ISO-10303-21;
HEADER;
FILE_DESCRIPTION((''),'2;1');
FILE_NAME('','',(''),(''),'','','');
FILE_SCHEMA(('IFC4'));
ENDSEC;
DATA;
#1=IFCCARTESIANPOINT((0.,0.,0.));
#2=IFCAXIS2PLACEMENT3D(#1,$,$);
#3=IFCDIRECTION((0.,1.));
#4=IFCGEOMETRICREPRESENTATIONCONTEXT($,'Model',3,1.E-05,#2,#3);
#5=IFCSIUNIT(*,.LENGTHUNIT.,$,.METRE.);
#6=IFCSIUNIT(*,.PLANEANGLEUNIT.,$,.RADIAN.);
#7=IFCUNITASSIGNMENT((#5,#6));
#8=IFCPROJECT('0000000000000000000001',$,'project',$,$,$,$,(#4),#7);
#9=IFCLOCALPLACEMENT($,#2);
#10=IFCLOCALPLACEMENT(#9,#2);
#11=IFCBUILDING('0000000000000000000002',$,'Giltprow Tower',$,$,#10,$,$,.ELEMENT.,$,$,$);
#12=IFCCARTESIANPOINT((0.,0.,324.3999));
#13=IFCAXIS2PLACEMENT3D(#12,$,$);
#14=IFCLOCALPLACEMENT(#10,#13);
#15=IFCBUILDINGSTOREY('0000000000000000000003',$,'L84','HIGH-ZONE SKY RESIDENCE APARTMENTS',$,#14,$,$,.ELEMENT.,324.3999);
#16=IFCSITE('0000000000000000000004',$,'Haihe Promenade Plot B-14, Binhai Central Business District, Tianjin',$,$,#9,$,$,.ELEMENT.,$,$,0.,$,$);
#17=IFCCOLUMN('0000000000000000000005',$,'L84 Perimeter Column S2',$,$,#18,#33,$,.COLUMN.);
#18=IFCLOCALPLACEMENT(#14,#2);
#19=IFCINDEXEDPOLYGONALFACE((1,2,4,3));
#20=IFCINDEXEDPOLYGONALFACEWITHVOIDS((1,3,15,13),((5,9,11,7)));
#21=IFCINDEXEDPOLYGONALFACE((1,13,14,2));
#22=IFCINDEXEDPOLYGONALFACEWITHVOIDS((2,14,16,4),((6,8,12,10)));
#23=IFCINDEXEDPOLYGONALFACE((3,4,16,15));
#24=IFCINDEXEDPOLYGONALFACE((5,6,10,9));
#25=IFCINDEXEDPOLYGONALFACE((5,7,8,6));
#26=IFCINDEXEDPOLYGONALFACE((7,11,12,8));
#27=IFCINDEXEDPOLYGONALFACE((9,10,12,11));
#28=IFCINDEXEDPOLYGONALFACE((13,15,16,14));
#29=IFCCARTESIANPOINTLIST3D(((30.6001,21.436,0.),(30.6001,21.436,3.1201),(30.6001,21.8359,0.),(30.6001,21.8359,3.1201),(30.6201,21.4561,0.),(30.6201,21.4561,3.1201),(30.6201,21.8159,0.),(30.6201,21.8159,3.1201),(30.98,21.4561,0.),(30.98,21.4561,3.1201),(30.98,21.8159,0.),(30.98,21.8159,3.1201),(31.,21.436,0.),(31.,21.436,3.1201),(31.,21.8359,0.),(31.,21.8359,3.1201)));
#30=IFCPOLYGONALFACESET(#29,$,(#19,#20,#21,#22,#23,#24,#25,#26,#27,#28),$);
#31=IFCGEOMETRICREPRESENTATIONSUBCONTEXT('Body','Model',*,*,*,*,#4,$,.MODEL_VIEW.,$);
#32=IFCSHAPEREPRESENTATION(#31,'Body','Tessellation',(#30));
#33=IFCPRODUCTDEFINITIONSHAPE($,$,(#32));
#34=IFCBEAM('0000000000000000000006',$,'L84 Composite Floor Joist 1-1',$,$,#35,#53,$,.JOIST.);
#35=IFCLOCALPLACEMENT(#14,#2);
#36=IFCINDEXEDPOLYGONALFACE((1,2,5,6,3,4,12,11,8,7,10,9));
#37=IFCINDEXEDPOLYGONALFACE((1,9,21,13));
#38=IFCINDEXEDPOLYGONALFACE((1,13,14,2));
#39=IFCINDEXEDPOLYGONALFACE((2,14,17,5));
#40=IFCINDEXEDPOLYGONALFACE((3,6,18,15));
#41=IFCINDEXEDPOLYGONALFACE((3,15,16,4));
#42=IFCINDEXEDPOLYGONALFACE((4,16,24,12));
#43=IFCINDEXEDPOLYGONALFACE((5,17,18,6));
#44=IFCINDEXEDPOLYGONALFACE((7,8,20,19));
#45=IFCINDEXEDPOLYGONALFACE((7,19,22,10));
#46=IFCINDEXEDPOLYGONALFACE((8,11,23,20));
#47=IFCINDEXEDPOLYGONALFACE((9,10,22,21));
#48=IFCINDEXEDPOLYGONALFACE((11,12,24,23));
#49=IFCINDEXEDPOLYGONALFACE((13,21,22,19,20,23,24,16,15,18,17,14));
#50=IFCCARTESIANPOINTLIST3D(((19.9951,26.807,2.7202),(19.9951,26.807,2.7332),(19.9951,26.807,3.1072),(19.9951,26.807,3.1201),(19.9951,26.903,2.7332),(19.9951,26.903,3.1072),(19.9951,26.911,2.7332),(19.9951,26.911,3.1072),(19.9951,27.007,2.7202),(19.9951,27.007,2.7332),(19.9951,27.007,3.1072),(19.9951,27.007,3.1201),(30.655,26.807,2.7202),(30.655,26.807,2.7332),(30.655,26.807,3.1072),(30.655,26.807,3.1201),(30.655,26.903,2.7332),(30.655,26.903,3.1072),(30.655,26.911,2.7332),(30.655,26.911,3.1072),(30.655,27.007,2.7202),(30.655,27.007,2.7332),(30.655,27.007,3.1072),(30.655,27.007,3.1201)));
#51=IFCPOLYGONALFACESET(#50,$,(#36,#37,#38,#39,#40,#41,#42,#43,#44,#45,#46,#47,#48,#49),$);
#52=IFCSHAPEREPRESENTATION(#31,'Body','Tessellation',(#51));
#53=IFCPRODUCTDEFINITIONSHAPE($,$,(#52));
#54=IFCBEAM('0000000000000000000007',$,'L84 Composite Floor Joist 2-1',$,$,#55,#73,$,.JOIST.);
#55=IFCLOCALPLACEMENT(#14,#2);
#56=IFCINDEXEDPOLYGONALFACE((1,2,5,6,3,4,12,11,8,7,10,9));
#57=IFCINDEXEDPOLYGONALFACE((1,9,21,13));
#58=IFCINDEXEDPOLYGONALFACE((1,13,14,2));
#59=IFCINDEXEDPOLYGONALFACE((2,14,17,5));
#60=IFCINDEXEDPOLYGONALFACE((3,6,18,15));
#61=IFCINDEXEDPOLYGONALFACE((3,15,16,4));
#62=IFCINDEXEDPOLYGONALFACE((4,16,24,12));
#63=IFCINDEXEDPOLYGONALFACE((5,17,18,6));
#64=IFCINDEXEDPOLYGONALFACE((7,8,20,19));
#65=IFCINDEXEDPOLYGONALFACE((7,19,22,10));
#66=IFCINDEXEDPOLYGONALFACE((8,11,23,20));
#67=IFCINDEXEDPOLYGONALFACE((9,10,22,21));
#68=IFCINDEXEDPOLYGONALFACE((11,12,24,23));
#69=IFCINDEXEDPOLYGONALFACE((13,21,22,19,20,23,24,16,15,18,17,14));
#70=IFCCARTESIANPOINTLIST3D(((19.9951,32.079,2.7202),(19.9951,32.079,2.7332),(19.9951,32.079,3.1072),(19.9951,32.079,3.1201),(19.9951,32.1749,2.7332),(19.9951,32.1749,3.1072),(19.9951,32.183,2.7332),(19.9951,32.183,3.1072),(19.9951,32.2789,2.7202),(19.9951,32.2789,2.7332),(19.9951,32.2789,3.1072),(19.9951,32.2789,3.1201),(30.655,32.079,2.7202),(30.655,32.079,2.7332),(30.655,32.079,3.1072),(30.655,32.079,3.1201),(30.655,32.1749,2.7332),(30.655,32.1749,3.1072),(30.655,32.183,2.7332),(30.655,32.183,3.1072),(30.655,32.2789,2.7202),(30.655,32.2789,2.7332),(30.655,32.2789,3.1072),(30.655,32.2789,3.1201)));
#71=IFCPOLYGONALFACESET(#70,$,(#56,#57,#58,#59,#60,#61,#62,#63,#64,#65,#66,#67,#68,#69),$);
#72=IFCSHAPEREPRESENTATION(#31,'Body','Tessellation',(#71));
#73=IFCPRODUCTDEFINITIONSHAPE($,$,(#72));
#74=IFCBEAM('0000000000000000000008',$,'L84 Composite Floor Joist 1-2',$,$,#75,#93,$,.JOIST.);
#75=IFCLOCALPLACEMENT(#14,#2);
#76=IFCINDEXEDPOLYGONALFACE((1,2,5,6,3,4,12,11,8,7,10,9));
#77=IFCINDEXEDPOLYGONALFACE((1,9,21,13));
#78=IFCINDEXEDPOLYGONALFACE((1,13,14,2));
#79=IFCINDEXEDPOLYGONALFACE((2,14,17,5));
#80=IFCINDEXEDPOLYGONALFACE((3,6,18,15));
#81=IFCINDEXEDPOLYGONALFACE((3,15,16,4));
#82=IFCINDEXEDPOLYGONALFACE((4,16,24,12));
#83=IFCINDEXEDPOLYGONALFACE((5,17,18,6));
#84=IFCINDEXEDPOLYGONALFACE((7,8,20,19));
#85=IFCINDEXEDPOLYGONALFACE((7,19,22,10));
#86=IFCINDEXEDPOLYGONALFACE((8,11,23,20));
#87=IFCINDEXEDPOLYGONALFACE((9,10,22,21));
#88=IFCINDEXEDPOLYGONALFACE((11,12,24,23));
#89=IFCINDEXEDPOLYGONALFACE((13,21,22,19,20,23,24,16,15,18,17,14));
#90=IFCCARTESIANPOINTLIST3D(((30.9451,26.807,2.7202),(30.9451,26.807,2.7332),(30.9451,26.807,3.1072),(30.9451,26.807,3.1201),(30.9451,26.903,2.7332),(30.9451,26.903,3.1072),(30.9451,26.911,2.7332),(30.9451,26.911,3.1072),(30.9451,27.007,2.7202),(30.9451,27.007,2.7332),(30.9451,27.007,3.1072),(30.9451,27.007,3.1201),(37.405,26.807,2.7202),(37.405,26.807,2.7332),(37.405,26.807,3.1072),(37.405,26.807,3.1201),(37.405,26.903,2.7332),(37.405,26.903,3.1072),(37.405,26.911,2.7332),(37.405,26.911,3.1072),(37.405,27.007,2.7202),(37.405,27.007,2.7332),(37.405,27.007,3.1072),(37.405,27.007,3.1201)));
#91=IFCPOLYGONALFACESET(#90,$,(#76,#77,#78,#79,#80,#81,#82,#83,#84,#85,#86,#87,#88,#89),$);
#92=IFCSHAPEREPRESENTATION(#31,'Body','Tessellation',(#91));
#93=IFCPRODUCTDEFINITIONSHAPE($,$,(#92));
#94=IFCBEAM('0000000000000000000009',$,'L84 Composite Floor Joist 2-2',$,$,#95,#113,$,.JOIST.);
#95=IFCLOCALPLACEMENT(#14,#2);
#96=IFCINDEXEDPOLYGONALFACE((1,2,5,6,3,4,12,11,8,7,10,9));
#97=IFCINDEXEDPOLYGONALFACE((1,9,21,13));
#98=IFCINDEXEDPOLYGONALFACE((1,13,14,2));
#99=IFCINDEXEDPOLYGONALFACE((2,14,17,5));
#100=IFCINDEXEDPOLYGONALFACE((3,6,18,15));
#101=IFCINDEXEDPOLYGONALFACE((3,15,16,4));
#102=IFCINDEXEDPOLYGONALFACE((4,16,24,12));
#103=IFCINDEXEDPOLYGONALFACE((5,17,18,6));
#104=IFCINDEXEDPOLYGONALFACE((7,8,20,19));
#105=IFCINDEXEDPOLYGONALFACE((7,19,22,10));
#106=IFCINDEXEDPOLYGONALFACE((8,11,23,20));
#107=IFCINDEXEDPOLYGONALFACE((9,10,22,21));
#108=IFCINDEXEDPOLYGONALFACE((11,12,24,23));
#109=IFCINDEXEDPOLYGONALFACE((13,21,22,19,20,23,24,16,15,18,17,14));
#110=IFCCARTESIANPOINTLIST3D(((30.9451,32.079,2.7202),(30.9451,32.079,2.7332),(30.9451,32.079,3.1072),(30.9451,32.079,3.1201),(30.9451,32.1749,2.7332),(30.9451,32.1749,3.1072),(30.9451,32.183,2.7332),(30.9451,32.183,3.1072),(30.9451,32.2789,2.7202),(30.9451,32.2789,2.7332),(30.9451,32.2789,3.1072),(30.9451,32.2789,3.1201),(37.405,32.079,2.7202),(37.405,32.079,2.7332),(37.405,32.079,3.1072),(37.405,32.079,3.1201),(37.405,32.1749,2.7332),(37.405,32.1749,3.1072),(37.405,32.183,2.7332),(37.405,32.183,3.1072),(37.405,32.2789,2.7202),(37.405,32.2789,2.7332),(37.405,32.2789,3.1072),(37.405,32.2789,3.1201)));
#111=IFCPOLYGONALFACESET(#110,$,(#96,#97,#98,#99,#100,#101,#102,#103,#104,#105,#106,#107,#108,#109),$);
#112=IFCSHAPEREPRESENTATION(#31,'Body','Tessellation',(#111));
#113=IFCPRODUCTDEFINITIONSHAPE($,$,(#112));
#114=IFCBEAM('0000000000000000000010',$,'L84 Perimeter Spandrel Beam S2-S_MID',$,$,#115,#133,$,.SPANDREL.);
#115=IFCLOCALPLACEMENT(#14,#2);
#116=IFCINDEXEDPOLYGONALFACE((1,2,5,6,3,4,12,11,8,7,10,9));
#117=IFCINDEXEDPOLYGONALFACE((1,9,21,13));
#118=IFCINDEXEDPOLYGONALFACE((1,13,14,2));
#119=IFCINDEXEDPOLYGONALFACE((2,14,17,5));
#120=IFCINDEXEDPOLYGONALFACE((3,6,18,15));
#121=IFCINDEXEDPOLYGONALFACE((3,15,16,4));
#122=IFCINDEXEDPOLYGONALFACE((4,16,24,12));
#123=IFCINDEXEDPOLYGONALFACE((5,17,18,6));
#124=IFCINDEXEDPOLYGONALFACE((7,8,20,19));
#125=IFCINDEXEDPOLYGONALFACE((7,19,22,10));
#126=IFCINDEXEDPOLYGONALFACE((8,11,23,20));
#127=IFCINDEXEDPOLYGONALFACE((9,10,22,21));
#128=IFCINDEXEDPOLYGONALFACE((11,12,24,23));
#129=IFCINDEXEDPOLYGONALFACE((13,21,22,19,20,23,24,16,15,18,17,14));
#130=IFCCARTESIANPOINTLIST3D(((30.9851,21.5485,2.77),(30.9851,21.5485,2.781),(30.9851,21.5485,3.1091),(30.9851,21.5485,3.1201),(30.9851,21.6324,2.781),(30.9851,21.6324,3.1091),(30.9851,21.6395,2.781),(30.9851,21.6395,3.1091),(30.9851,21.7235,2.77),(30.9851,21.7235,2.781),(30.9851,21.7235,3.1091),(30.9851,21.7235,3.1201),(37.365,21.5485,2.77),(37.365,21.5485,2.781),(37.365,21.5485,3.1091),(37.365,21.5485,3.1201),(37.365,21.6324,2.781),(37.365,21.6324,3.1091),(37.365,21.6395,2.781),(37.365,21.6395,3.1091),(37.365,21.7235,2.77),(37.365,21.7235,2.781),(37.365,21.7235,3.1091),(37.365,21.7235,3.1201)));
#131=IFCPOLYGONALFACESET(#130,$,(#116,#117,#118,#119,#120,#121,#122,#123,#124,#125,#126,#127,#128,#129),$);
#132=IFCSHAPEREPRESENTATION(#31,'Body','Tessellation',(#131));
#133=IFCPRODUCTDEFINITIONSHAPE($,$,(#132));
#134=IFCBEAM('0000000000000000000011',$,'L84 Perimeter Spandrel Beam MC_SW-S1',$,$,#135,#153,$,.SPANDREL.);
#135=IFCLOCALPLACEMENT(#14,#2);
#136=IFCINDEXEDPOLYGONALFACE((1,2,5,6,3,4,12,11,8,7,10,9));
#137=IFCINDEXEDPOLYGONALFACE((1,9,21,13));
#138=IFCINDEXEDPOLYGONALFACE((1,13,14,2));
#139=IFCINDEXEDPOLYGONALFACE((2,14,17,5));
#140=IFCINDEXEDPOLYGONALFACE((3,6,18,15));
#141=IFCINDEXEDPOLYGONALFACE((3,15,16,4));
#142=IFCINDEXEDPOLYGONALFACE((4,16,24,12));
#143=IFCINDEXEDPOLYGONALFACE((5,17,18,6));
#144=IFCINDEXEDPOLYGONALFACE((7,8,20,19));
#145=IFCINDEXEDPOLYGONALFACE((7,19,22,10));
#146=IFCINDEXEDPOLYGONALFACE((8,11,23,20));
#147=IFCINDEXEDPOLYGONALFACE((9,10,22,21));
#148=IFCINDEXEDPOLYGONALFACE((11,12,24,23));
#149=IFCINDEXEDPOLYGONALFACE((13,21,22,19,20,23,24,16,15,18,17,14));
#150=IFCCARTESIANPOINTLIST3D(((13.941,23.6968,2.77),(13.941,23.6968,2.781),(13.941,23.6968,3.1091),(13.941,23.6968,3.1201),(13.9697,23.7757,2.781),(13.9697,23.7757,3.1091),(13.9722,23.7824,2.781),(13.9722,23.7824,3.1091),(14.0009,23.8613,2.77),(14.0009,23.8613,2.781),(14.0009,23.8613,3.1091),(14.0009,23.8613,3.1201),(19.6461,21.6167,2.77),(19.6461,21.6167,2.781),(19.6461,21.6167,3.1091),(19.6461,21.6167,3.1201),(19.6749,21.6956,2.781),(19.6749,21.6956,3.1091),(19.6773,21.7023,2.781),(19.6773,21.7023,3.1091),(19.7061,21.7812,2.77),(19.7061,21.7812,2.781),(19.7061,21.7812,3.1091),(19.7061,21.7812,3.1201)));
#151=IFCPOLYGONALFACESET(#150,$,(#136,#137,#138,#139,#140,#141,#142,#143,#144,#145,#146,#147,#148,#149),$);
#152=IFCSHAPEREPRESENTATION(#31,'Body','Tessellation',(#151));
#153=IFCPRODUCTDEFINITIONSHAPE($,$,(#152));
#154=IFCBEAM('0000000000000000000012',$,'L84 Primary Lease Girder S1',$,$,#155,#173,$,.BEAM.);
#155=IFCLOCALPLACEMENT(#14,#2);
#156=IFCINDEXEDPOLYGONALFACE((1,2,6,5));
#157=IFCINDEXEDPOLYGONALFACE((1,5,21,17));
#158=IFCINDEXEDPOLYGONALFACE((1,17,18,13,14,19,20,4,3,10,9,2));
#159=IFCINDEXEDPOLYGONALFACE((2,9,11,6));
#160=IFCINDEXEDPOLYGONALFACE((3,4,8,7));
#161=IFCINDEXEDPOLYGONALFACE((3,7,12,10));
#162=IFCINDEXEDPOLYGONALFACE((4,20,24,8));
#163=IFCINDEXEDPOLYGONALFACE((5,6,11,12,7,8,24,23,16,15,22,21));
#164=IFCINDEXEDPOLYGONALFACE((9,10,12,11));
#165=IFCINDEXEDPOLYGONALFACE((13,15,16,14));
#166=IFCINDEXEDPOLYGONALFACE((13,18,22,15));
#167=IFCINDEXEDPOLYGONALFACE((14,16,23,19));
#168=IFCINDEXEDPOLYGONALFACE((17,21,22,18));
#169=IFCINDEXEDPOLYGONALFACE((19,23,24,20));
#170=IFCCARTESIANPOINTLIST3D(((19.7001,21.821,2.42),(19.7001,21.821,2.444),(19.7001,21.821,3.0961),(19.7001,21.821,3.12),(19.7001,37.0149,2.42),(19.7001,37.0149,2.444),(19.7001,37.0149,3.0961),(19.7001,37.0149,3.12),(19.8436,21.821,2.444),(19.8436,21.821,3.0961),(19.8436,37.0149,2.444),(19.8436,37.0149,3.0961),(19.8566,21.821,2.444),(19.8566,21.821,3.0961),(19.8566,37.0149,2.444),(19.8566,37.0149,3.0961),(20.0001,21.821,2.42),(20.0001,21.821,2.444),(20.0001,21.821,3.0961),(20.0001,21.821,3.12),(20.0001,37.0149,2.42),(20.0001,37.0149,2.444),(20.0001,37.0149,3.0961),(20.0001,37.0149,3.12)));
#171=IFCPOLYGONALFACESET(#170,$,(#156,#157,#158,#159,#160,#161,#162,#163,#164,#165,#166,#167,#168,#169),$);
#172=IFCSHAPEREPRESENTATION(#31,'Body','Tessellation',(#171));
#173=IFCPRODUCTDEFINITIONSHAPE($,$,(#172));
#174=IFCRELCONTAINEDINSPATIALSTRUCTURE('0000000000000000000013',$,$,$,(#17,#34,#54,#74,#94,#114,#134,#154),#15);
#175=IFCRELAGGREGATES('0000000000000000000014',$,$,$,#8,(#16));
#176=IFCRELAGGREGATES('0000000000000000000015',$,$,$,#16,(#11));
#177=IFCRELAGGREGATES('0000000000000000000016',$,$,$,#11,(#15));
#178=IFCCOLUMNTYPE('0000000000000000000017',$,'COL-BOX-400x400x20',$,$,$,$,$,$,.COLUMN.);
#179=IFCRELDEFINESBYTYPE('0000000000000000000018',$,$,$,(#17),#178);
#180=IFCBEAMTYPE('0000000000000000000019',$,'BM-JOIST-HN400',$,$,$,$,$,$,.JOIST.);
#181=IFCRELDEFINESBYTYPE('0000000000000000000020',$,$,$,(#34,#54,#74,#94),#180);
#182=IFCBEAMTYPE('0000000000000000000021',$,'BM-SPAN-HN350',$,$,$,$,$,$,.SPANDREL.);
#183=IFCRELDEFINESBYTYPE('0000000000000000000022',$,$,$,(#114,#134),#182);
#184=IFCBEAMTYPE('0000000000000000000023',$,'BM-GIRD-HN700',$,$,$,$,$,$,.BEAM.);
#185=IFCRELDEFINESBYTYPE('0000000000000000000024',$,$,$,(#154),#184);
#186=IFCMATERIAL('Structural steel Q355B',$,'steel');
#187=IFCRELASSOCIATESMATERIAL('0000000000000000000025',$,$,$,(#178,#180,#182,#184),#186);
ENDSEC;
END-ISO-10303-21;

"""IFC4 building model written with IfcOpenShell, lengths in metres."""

from ifc_helpers import new_model, si_unit, direction, frame, origin, origin_2d, place, context, subcontext, project, spatial, hollow_rectangle, i_section, extrude, source, transform, mapped, material, material_profile, profile_set, type_object, element, save


model = new_model("IFC4")

# Units and contexts
model_context = context("Model", 3, precision=1e-05, world=origin(), true_north=direction((0.0, 1.0)))
body_context = subcontext(model_context, "Body", "Model", "MODEL_VIEW")
ifc_project = project(units=[si_unit("LENGTHUNIT", "METRE"), si_unit("PLANEANGLEUNIT", "RADIAN")], contexts=[model_context])

# Site, building, storey
site_placement = place(None, origin())
site = spatial("IfcSite", under=ifc_project, at=site_placement, Name="Haihe Promenade Plot B-14, Binhai Central Business District, Tianjin", CompositionType="ELEMENT", RefElevation=0.0)
building_placement = place(site_placement, origin())
building = spatial("IfcBuilding", under=site, at=building_placement, Name="Giltprow Tower", CompositionType="ELEMENT")
storey_placement = place(building_placement, frame((0.0, 0.0, 324.3999)))
storey = spatial("IfcBuildingStorey", under=building, at=storey_placement, Name="L84", Description="HIGH-ZONE SKY RESIDENCE APARTMENTS", CompositionType="ELEMENT", Elevation=324.3999)

# Column
ifc_material_1 = material(Name="Structural steel Q355B", Category="steel")
ifc_material_profile_1 = material_profile(ifc_material_1, hollow_rectangle(XDim=0.3999, YDim=0.3999, WallThickness=0.02, at=origin_2d()), Name="BOX 400x400x20")
ifc_profile_set_1 = profile_set([ifc_material_profile_1], Name="Structural steel Q355B")
column_type = type_object("IfcColumnType", Name="COL-BOX-400x400x20", PredefinedType="COLUMN", material=ifc_profile_set_1)
shared_shape_1 = source(origin(), body_context, "Body", "SweptSolid", [
    extrude(hollow_rectangle(XDim=0.3999, YDim=0.3999, WallThickness=0.02, at=origin_2d()), origin(), (0.0, 0.0, 1.0), 3.1201),
])
column_placement = place(storey_placement, frame((30.8, 21.636, 0.0), z_axis=(0.0, 0.0, 1.0), x_axis=(1.0, 0.0, 0.0)))
element("IfcColumn", 1, at=column_placement, inside=storey, type_object=column_type, Name="L84 Perimeter Column S2", PredefinedType="COLUMN", context=body_context, shape_type="MappedRepresentation", body=[
    mapped(shared_shape_1, transform((0.0, 0.0, 0.0), x_axis=(1.0, 0.0, 0.0), y_axis=(0.0, 1.0, 0.0), z_axis=(0.0, 0.0, 1.0), scale=1.0)),
])

# Beams
ifc_material_profile_2 = material_profile(ifc_material_1, i_section(OverallWidth=0.2, OverallDepth=0.3999, WebThickness=0.0081, FlangeThickness=0.0129, at=origin_2d()), Name="HN 400x200x8x13")
ifc_profile_set_2 = profile_set([ifc_material_profile_2], Name="Structural steel Q355B")
beam_type_1 = type_object("IfcBeamType", Name="BM-JOIST-HN400", PredefinedType="JOIST", material=ifc_profile_set_2)
shared_shape_2 = source(origin(), body_context, "Body", "SweptSolid", [
    extrude(i_section(OverallWidth=0.2, OverallDepth=0.3999, WebThickness=0.0081, FlangeThickness=0.0129, at=origin_2d()), origin(), (0.0, 0.0, 1.0), 10.6599),
])
for number, where, z_axis, x_axis, name in (
    (2, (19.9951, 26.907, 2.9202), (1.0, 0.0, 0.0), (0.0, 1.0, 0.0), "L84 Composite Floor Joist 1-1"),
    (3, (19.9951, 32.179, 2.9202), (1.0, 0.0, 0.0), (0.0, 1.0, 0.0), "L84 Composite Floor Joist 2-1"),
):
    element("IfcBeam", number, at=place(storey_placement, frame(where, z_axis=z_axis, x_axis=x_axis)), inside=storey, type_object=beam_type_1, Name=name, PredefinedType="JOIST", context=body_context, shape_type="MappedRepresentation", body=[
        mapped(shared_shape_2, transform((0.0, 0.0, 0.0), x_axis=(1.0, 0.0, 0.0), y_axis=(0.0, 1.0, 0.0), z_axis=(0.0, 0.0, 1.0), scale=1.0)),
    ])
shared_shape_3 = source(origin(), body_context, "Body", "SweptSolid", [
    extrude(i_section(OverallWidth=0.2, OverallDepth=0.3999, WebThickness=0.0081, FlangeThickness=0.0129, at=origin_2d()), origin(), (0.0, 0.0, 1.0), 6.46),
])
for number, where, z_axis, x_axis, name in (
    (4, (30.9451, 26.907, 2.9202), (1.0, 0.0, 0.0), (0.0, 1.0, 0.0), "L84 Composite Floor Joist 1-2"),
    (5, (30.9451, 32.179, 2.9202), (1.0, 0.0, 0.0), (0.0, 1.0, 0.0), "L84 Composite Floor Joist 2-2"),
):
    element("IfcBeam", number, at=place(storey_placement, frame(where, z_axis=z_axis, x_axis=x_axis)), inside=storey, type_object=beam_type_1, Name=name, PredefinedType="JOIST", context=body_context, shape_type="MappedRepresentation", body=[
        mapped(shared_shape_3, transform((0.0, 0.0, 0.0), x_axis=(1.0, 0.0, 0.0), y_axis=(0.0, 1.0, 0.0), z_axis=(0.0, 0.0, 1.0), scale=1.0)),
    ])
ifc_material_profile_3 = material_profile(ifc_material_1, i_section(OverallWidth=0.175, OverallDepth=0.3501, WebThickness=0.0071, FlangeThickness=0.011, at=origin_2d()), Name="HN 350x175x7x11")
ifc_profile_set_3 = profile_set([ifc_material_profile_3], Name="Structural steel Q355B")
beam_type_2 = type_object("IfcBeamType", Name="BM-SPAN-HN350", PredefinedType="SPANDREL", material=ifc_profile_set_3)
shared_shape_4 = source(origin(), body_context, "Body", "SweptSolid", [
    extrude(i_section(OverallWidth=0.175, OverallDepth=0.3501, WebThickness=0.0071, FlangeThickness=0.011, at=origin_2d()), origin(), (0.0, 0.0, 1.0), 6.3799),
])
beam_1_placement = place(storey_placement, frame((30.9851, 21.636, 2.9451), z_axis=(1.0, 0.0, 0.0), x_axis=(0.0, 1.0, 0.0)))
element("IfcBeam", 6, at=beam_1_placement, inside=storey, type_object=beam_type_2, Name="L84 Perimeter Spandrel Beam S2-S_MID", PredefinedType="SPANDREL", context=body_context, shape_type="MappedRepresentation", body=[
    mapped(shared_shape_4, transform((0.0, 0.0, 0.0), x_axis=(1.0, 0.0, 0.0), y_axis=(0.0, 1.0, 0.0), z_axis=(0.0, 0.0, 1.0), scale=1.0)),
])
shared_shape_5 = source(origin(), body_context, "Body", "SweptSolid", [
    extrude(i_section(OverallWidth=0.175, OverallDepth=0.3501, WebThickness=0.0071, FlangeThickness=0.011, at=origin_2d()), origin(), (0.0, 0.0, 1.0), 6.0725),
])
beam_2_placement = place(storey_placement, frame((13.9709, 23.7791, 2.9451), z_axis=(0.939502, -0.342544, 0.0), x_axis=(0.342544, 0.939502, 0.0)))
element("IfcBeam", 7, at=beam_2_placement, inside=storey, type_object=beam_type_2, Name="L84 Perimeter Spandrel Beam MC_SW-S1", PredefinedType="SPANDREL", context=body_context, shape_type="MappedRepresentation", body=[
    mapped(shared_shape_5, transform((0.0, 0.0, 0.0), x_axis=(1.0, 0.0, 0.0), y_axis=(0.0, 1.0, 0.0), z_axis=(0.0, 0.0, 1.0), scale=1.0)),
])
ifc_material_profile_4 = material_profile(ifc_material_1, i_section(OverallWidth=0.3, OverallDepth=0.7, WebThickness=0.0129, FlangeThickness=0.0239, at=origin_2d()), Name="HN 700x300x13x24")
ifc_profile_set_4 = profile_set([ifc_material_profile_4], Name="Structural steel Q355B")
beam_type_3 = type_object("IfcBeamType", Name="BM-GIRD-HN700", PredefinedType="BEAM", material=ifc_profile_set_4)
shared_shape_6 = source(origin(), body_context, "Body", "SweptSolid", [
    extrude(i_section(OverallWidth=0.3, OverallDepth=0.7, WebThickness=0.0129, FlangeThickness=0.0239, at=origin_2d()), origin(), (0.0, 0.0, 1.0), 15.1938),
])
for number, where, z_axis, x_axis, name in (
    (8, (19.8501, 21.821, 2.77), (0.0, 1.0, 0.0), (-1.0, 0.0, 0.0), "L84 Primary Lease Girder S1"),
):
    element("IfcBeam", number, at=place(storey_placement, frame(where, z_axis=z_axis, x_axis=x_axis)), inside=storey, type_object=beam_type_3, Name=name, PredefinedType="BEAM", context=body_context, shape_type="MappedRepresentation", body=[
        mapped(shared_shape_6, transform((0.0, 0.0, 0.0), x_axis=(1.0, 0.0, 0.0), y_axis=(0.0, 1.0, 0.0), z_axis=(0.0, 0.0, 1.0), scale=1.0)),
    ])

save(model, "model.ifc")
